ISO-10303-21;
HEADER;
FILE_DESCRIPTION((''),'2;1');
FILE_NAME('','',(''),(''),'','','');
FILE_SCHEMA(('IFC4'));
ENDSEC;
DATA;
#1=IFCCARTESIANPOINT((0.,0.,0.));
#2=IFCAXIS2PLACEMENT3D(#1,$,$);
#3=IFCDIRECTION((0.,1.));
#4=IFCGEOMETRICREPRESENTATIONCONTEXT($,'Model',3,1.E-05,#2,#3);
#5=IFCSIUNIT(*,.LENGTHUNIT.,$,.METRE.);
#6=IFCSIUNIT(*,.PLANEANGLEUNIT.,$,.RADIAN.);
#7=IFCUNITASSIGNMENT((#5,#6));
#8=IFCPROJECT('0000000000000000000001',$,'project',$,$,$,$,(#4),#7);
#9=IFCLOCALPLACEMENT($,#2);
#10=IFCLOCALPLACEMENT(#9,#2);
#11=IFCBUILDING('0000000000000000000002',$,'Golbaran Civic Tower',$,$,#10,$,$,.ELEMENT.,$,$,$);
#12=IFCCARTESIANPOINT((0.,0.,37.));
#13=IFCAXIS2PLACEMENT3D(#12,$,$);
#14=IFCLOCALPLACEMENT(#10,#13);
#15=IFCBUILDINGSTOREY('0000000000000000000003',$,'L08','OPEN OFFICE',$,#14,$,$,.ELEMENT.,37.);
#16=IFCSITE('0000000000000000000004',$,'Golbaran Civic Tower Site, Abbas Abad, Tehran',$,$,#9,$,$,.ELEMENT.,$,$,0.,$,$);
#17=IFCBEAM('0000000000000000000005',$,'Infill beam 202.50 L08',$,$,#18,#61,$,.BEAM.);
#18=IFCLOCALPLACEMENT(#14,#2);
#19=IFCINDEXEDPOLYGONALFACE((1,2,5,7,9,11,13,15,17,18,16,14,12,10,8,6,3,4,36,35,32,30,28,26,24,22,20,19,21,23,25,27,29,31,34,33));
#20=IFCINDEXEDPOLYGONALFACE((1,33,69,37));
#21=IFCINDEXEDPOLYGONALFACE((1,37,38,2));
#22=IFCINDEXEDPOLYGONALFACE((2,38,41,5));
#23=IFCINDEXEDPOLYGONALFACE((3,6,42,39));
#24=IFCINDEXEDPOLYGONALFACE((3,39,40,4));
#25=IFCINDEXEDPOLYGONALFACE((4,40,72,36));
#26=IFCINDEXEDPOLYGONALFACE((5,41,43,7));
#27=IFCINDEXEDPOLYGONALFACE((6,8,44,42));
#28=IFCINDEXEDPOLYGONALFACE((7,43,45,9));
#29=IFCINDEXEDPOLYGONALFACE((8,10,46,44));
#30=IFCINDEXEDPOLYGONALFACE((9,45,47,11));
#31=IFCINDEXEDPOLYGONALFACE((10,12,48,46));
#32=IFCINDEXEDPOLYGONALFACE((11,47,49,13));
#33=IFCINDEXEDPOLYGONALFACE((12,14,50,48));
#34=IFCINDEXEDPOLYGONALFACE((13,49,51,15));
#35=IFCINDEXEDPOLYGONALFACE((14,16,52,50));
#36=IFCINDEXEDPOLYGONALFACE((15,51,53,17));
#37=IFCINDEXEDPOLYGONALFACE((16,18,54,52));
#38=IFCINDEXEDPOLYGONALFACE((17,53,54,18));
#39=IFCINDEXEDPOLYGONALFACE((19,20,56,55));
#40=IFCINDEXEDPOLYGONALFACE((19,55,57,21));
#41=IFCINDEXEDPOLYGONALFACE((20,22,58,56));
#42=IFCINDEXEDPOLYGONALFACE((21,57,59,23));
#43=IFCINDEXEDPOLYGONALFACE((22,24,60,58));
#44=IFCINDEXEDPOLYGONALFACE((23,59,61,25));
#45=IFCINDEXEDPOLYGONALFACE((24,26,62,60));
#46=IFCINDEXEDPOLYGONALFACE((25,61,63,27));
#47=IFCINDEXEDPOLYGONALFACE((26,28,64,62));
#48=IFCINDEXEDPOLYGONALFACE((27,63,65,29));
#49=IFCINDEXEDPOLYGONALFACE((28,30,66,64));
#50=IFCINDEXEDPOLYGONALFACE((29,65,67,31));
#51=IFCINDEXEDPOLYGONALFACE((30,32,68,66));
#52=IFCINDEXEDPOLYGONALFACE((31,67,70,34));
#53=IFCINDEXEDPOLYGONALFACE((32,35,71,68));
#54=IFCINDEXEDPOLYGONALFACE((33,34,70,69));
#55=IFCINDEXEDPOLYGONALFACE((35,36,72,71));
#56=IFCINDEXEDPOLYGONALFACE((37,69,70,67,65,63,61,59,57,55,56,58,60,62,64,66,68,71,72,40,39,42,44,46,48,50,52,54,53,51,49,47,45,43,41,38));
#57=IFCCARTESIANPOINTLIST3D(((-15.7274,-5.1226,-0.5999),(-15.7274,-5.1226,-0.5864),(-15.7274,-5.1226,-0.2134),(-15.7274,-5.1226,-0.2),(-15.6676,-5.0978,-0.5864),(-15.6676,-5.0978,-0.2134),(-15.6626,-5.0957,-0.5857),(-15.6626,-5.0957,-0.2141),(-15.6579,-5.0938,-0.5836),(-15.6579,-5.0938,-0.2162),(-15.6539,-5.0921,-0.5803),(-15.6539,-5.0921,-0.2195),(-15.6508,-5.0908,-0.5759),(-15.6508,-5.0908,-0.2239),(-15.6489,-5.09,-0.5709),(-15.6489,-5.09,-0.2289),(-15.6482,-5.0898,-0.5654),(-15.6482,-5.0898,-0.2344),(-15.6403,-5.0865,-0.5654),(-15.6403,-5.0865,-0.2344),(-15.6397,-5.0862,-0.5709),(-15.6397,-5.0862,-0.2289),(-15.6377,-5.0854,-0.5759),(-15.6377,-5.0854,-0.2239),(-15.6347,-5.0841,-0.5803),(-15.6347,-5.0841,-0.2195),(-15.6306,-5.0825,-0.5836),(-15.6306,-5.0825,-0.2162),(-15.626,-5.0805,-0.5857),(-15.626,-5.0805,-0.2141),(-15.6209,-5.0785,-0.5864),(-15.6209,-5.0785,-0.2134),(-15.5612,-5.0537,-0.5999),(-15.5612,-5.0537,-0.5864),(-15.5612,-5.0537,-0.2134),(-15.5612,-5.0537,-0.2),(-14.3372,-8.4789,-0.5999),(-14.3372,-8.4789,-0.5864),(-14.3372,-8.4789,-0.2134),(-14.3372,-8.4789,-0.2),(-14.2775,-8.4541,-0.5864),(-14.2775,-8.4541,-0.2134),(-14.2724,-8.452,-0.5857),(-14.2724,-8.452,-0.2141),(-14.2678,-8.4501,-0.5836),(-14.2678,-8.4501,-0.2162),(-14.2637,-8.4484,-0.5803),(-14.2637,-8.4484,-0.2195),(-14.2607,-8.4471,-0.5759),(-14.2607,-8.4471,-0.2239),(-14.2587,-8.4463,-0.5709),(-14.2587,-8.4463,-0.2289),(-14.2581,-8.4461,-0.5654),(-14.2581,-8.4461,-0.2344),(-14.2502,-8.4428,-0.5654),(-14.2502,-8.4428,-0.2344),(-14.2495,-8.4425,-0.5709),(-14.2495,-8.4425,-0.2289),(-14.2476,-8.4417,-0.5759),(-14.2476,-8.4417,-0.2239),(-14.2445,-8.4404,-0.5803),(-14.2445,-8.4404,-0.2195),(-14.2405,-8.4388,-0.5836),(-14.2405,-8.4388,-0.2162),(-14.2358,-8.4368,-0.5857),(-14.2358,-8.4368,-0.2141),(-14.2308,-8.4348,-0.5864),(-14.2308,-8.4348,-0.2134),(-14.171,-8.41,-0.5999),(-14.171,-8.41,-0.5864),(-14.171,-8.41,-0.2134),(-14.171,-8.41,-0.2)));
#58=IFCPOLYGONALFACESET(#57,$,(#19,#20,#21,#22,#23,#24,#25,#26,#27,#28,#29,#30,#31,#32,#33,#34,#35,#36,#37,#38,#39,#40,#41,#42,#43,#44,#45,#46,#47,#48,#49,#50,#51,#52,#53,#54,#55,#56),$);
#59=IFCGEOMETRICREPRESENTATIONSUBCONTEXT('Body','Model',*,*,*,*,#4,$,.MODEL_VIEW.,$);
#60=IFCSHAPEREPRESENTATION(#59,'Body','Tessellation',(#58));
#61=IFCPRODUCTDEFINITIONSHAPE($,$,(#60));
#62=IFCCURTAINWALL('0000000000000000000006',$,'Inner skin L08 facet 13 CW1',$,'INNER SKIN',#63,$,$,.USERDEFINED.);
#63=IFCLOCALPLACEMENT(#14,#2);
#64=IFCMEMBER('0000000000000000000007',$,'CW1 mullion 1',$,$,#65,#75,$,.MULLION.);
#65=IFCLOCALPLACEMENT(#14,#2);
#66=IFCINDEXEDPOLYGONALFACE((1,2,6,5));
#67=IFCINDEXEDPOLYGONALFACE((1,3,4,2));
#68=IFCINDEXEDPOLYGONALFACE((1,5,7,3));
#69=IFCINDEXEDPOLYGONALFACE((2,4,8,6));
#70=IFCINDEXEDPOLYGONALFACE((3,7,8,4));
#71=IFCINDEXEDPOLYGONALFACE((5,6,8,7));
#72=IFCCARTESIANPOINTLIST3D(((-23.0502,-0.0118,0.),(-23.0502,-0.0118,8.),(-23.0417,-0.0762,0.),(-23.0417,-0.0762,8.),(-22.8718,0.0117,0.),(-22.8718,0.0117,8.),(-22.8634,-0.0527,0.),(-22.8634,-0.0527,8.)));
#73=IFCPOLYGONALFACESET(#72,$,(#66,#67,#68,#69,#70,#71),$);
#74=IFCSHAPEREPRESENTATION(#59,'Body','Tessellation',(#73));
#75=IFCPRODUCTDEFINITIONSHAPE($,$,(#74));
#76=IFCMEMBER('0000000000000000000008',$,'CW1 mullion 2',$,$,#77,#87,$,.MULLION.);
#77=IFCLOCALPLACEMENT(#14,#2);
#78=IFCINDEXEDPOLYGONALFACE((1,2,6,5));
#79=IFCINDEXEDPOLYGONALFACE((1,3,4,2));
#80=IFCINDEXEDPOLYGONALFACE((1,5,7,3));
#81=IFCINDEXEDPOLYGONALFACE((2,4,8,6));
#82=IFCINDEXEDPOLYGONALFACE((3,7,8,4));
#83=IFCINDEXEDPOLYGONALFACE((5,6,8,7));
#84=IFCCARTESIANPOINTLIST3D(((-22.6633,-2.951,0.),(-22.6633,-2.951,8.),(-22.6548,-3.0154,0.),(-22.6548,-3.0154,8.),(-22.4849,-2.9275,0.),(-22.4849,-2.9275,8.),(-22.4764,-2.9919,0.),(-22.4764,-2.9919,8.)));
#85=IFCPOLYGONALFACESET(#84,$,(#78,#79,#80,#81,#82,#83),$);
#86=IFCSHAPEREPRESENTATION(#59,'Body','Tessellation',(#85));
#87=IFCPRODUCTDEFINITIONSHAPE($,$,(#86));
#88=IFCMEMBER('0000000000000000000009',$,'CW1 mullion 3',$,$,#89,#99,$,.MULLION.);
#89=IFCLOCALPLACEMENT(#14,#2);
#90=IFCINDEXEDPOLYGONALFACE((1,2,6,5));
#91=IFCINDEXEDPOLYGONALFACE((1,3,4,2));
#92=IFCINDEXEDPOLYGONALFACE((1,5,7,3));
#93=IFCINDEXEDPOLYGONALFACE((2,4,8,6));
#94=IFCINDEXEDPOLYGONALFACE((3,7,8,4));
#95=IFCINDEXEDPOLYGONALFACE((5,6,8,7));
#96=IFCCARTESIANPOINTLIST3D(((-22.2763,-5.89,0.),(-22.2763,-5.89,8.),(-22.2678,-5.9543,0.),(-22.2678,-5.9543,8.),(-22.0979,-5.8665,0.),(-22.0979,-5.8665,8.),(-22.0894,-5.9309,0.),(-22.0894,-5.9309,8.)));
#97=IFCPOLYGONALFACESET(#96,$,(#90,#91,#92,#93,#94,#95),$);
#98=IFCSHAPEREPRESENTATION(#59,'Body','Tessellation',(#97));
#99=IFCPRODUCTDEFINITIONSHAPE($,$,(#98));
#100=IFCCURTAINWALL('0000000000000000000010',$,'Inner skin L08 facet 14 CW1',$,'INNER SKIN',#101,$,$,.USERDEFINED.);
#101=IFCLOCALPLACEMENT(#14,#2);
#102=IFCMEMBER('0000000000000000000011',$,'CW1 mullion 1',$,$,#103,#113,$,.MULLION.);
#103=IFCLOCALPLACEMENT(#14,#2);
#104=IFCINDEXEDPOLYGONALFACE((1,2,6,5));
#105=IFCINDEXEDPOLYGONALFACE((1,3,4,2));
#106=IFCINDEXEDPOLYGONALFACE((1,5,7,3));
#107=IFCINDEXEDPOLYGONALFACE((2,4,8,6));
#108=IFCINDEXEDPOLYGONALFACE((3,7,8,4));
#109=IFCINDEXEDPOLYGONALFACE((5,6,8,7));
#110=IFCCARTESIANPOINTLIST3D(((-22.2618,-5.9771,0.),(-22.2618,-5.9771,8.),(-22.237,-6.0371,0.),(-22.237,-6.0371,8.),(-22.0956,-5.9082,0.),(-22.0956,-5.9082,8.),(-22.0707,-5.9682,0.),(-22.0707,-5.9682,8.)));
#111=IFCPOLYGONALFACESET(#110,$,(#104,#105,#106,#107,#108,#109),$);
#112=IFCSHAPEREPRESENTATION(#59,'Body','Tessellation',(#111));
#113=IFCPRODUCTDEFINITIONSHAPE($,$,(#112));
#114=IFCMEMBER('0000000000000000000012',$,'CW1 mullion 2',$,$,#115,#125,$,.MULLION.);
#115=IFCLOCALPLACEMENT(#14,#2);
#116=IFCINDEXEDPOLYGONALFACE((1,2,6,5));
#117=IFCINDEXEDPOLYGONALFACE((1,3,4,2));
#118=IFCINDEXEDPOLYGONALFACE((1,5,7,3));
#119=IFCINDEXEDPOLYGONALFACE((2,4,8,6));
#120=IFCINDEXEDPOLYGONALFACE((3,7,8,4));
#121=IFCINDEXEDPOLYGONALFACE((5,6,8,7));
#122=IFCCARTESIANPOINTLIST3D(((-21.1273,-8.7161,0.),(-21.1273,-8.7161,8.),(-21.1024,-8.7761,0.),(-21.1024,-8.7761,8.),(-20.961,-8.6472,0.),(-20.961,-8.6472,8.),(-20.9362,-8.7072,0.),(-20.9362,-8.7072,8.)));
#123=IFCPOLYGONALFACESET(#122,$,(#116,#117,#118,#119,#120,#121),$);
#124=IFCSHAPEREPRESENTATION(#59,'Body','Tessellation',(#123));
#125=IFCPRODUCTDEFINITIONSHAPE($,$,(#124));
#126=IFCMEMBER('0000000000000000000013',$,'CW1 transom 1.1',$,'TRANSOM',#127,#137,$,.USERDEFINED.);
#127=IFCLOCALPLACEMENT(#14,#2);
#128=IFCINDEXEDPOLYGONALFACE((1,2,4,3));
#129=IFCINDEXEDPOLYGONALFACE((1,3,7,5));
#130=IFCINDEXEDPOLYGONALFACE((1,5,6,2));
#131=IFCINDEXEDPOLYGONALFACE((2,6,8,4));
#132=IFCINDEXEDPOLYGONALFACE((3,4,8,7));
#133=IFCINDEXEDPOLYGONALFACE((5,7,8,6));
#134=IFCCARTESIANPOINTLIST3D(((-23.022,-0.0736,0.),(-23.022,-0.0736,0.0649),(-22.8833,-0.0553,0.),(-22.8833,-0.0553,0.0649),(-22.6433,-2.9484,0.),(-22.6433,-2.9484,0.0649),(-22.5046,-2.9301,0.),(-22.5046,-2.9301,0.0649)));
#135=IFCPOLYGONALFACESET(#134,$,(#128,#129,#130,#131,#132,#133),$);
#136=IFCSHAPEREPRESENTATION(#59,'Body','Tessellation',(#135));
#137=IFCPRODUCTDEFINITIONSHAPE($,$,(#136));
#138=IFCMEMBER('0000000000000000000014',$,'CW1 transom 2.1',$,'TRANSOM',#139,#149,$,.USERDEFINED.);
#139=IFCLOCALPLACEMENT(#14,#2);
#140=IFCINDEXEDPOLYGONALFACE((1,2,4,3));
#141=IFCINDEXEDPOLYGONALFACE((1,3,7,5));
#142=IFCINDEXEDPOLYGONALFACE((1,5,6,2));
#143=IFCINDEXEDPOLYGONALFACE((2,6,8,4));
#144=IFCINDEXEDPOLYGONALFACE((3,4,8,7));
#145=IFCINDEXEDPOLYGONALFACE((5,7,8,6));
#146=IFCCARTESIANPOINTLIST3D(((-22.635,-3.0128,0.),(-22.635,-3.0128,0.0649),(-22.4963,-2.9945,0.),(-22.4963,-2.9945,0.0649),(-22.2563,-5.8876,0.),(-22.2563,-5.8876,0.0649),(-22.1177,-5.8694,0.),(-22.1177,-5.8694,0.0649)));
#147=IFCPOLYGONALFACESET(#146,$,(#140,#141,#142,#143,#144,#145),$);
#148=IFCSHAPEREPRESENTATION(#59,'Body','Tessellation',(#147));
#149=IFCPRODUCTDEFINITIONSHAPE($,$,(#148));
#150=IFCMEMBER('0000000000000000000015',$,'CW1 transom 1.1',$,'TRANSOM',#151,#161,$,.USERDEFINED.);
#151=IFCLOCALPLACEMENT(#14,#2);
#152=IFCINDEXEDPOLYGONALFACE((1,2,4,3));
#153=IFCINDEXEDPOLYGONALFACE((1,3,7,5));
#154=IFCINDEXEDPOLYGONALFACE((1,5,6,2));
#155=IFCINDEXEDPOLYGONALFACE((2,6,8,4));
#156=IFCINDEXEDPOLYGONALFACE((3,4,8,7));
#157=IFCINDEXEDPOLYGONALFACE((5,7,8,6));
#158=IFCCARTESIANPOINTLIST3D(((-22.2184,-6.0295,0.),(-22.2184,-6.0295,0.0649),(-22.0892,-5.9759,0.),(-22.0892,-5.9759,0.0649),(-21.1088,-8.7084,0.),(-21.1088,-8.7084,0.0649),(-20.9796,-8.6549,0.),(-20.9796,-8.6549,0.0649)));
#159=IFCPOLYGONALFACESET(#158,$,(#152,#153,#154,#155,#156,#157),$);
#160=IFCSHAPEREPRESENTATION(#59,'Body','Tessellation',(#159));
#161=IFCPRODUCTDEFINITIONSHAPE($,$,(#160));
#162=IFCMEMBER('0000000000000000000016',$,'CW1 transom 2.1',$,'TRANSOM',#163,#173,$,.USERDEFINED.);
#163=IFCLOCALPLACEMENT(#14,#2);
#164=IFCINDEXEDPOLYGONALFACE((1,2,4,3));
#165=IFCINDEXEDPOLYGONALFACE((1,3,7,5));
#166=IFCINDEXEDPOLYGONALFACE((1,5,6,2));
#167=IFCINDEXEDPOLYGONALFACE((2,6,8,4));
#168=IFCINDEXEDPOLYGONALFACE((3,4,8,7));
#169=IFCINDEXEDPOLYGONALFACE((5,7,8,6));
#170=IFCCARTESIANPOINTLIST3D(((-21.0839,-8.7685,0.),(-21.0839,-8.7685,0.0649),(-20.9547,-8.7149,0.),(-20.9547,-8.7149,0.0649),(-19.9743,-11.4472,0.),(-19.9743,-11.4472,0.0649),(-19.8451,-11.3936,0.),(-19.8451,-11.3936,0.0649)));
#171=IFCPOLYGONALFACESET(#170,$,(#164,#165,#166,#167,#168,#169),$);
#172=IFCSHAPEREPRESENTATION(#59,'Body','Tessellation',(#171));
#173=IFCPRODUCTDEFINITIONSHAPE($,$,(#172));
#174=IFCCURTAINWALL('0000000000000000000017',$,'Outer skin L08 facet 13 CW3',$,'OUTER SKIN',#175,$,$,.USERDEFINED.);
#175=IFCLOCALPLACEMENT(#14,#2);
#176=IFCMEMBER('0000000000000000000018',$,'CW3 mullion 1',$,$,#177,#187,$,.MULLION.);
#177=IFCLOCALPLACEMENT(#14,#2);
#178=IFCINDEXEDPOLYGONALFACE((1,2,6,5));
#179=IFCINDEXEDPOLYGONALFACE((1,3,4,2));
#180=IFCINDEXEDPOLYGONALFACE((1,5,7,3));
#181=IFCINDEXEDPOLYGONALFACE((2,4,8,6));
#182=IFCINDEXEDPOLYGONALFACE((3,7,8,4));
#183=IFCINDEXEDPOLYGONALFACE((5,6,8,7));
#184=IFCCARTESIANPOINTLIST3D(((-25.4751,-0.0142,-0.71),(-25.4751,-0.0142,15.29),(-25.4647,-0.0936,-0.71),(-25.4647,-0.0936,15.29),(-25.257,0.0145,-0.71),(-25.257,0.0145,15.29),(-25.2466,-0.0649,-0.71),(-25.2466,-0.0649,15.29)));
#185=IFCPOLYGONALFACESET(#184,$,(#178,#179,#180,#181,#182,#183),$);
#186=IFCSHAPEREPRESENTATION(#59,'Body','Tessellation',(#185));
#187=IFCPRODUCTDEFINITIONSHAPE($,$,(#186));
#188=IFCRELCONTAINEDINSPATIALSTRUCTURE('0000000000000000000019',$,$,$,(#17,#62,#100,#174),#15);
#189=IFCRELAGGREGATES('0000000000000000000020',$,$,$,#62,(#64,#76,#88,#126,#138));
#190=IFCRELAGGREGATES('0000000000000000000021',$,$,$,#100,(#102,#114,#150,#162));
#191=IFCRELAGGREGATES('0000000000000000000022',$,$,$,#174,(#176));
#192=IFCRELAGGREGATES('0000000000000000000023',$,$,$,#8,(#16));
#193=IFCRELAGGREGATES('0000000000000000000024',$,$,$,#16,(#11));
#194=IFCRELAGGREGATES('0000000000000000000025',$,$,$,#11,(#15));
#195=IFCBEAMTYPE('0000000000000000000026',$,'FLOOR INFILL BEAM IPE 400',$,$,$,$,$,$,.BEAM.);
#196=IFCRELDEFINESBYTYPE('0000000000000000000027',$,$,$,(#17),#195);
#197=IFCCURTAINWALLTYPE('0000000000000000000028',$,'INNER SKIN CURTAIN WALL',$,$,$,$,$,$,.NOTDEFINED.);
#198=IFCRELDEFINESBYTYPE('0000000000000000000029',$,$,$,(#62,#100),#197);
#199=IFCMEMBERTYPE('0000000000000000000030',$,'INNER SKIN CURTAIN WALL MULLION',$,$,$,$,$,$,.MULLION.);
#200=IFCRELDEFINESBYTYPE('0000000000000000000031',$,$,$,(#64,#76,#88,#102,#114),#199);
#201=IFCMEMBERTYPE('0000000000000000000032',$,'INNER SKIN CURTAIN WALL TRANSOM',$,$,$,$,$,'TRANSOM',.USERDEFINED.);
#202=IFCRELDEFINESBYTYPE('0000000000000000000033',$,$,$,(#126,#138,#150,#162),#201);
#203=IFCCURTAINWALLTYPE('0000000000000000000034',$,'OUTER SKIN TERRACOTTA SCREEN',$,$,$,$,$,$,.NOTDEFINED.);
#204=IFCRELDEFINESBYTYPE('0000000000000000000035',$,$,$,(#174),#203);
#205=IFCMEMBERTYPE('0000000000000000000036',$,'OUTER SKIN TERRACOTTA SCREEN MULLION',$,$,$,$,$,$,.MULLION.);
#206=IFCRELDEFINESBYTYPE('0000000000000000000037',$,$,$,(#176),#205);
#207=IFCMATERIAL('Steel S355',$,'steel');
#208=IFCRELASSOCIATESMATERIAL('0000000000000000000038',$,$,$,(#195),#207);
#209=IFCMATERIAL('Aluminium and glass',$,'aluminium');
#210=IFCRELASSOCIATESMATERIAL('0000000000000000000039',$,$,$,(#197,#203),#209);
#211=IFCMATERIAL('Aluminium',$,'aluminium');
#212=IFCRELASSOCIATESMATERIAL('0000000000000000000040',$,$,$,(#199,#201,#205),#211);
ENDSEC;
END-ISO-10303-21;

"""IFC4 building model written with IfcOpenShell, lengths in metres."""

from ifc_helpers import new_model, si_unit, direction, frame, origin, origin_2d, place, context, subcontext, project, spatial, rectangle, i_section, extrude, material, material_profile, profile_set, type_object, element, aggregate, save


model = new_model("IFC4")

# Units and contexts
model_context = context("Model", 3, precision=1e-05, world=origin(), true_north=direction((0.0, 1.0)))
body_context = subcontext(model_context, "Body", "Model", "MODEL_VIEW")
ifc_project = project(units=[si_unit("LENGTHUNIT", "METRE"), si_unit("PLANEANGLEUNIT", "RADIAN")], contexts=[model_context])

# Site, building, storey
site_placement = place(None, origin())
site = spatial("IfcSite", under=ifc_project, at=site_placement, Name="Golbaran Civic Tower Site, Abbas Abad, Tehran", CompositionType="ELEMENT", RefElevation=0.0)
building_placement = place(site_placement, origin())
building = spatial("IfcBuilding", under=site, at=building_placement, Name="Golbaran Civic Tower", CompositionType="ELEMENT")
storey_placement = place(building_placement, frame((0.0, 0.0, 37.0)))
storey = spatial("IfcBuildingStorey", under=building, at=storey_placement, Name="L08", Description="OPEN OFFICE", CompositionType="ELEMENT", Elevation=37.0)

# Shared definitions
ifc_material_1 = material(Name="Steel S355", Category="steel")

# Beam
ifc_material_profile_1 = material_profile(ifc_material_1, i_section(OverallWidth=0.1799, OverallDepth=0.3999, WebThickness=0.0085, FlangeThickness=0.0134, FilletRadius=0.021, at=origin_2d()), Name="IPE 400")
ifc_profile_set_1 = profile_set([ifc_material_profile_1], Name="Steel S355")
beam_type_1 = type_object("IfcBeamType", Name="FLOOR INFILL BEAM IPE 400", PredefinedType="BEAM", material=ifc_profile_set_1)
beam_1_placement = place(storey_placement, frame((-15.6443, -5.0881, -0.3999), z_axis=(0.382672, -0.923884, 0.0), x_axis=(0.923884, 0.382672, 0.0)))
element("IfcBeam", 1, at=beam_1_placement, inside=storey, type_object=beam_type_1, Name="Infill beam 202.50 L08", PredefinedType="BEAM", context=body_context, shape_type="SweptSolid", body=[
    extrude(i_section(OverallWidth=0.1799, OverallDepth=0.3999, WebThickness=0.0085, FlangeThickness=0.0134, FilletRadius=0.021, at=origin_2d()), origin(), (0.0, 0.0, 1.0), 3.6328),
])

# Curtain walls, members
ifc_material_2 = material(Name="Aluminium and glass", Category="aluminium")
curtain_wall_type_1 = type_object("IfcCurtainWallType", Name="INNER SKIN CURTAIN WALL", PredefinedType="NOTDEFINED", material=ifc_material_2)
curtain_wall_1_placement = place(storey_placement, origin())
curtain_wall_1 = element("IfcCurtainWall", 2, at=curtain_wall_1_placement, inside=storey, type_object=curtain_wall_type_1, Name="Inner skin L08 facet 13 CW1", ObjectType="INNER SKIN", PredefinedType="USERDEFINED")
ifc_material_3 = material(Name="Aluminium", Category="aluminium")
ifc_material_profile_2 = material_profile(ifc_material_3, rectangle(XDim=0.1799, YDim=0.0649, at=origin_2d()), Name="INNER SKIN CURTAIN WALL MULLION")
ifc_profile_set_2 = profile_set([ifc_material_profile_2], Name="Aluminium")
member_type_1 = type_object("IfcMemberType", Name="INNER SKIN CURTAIN WALL MULLION", PredefinedType="MULLION", material=ifc_profile_set_2)
member_1_placement = place(storey_placement, frame((-22.9568, -0.0322, 0.0), z_axis=(0.0, 0.0, 1.0), x_axis=(0.991445, 0.130526, 0.0)))
member_1 = element("IfcMember", 3, at=member_1_placement, type_object=member_type_1, Name="CW1 mullion 1", PredefinedType="MULLION", context=body_context, shape_type="SweptSolid", body=[
    extrude(rectangle(XDim=0.1799, YDim=0.0649, at=origin_2d()), origin(), (0.0, 0.0, 1.0), 8.0),
])
member_2_placement = place(storey_placement, frame((-22.5698, -2.9714, 0.0), z_axis=(0.0, 0.0, 1.0), x_axis=(0.991445, 0.130526, 0.0)))
member_2 = element("IfcMember", 4, at=member_2_placement, type_object=member_type_1, Name="CW1 mullion 2", PredefinedType="MULLION", context=body_context, shape_type="SweptSolid", body=[
    extrude(rectangle(XDim=0.1799, YDim=0.0649, at=origin_2d()), origin(), (0.0, 0.0, 1.0), 8.0),
])
member_3_placement = place(storey_placement, frame((-22.1829, -5.9104, 0.0), z_axis=(0.0, 0.0, 1.0), x_axis=(0.991445, 0.130526, 0.0)))
member_3 = element("IfcMember", 5, at=member_3_placement, type_object=member_type_1, Name="CW1 mullion 3", PredefinedType="MULLION", context=body_context, shape_type="SweptSolid", body=[
    extrude(rectangle(XDim=0.1799, YDim=0.0649, at=origin_2d()), origin(), (0.0, 0.0, 1.0), 8.0),
])
curtain_wall_2_placement = place(storey_placement, origin())
curtain_wall_2 = element("IfcCurtainWall", 6, at=curtain_wall_2_placement, inside=storey, type_object=curtain_wall_type_1, Name="Inner skin L08 facet 14 CW1", ObjectType="INNER SKIN", PredefinedType="USERDEFINED")
member_4_placement = place(storey_placement, frame((-22.1663, -5.9727, 0.0), z_axis=(0.0, 0.0, 1.0), x_axis=(0.92388, 0.382683, 0.0)))
member_4 = element("IfcMember", 7, at=member_4_placement, type_object=member_type_1, Name="CW1 mullion 1", PredefinedType="MULLION", context=body_context, shape_type="SweptSolid", body=[
    extrude(rectangle(XDim=0.1799, YDim=0.0649, at=origin_2d()), origin(), (0.0, 0.0, 1.0), 8.0),
])
member_5_placement = place(storey_placement, frame((-21.0317, -8.7117, 0.0), z_axis=(0.0, 0.0, 1.0), x_axis=(0.92388, 0.382683, 0.0)))
member_5 = element("IfcMember", 8, at=member_5_placement, type_object=member_type_1, Name="CW1 mullion 2", PredefinedType="MULLION", context=body_context, shape_type="SweptSolid", body=[
    extrude(rectangle(XDim=0.1799, YDim=0.0649, at=origin_2d()), origin(), (0.0, 0.0, 1.0), 8.0),
])

# Members
ifc_material_profile_3 = material_profile(ifc_material_3, rectangle(XDim=0.1399, YDim=0.0649, at=origin_2d()), Name="INNER SKIN CURTAIN WALL TRANSOM")
ifc_profile_set_3 = profile_set([ifc_material_profile_3], Name="Aluminium")
member_type_2 = type_object("IfcMemberType", Name="INNER SKIN CURTAIN WALL TRANSOM", ElementType="TRANSOM", PredefinedType="USERDEFINED", material=ifc_profile_set_3)
member_6_placement = place(storey_placement, frame((-22.9526, -0.0645, 0.0325), z_axis=(0.130592, -0.991436, 0.0), x_axis=(0.991436, 0.130592, 0.0)))
member_6 = element("IfcMember", 9, at=member_6_placement, type_object=member_type_2, Name="CW1 transom 1.1", ObjectType="TRANSOM", PredefinedType="USERDEFINED", context=body_context, shape_type="SweptSolid", body=[
    extrude(rectangle(XDim=0.1399, YDim=0.0649, at=origin_2d()), origin(), (0.0, 0.0, 1.0), 2.8997),
])
member_7_placement = place(storey_placement, frame((-22.5657, -3.0037, 0.0325), z_axis=(0.130592, -0.991436, 0.0), x_axis=(0.991436, 0.130592, 0.0)))
member_7 = element("IfcMember", 10, at=member_7_placement, type_object=member_type_2, Name="CW1 transom 2.1", ObjectType="TRANSOM", PredefinedType="USERDEFINED", context=body_context, shape_type="SweptSolid", body=[
    extrude(rectangle(XDim=0.1399, YDim=0.0649, at=origin_2d()), origin(), (0.0, 0.0, 1.0), 2.8997),
])
member_8_placement = place(storey_placement, frame((-22.1538, -6.0027, 0.0325), z_axis=(0.382672, -0.923884, 0.0), x_axis=(0.923884, 0.382672, 0.0)))
member_8 = element("IfcMember", 11, at=member_8_placement, type_object=member_type_2, Name="CW1 transom 1.1", ObjectType="TRANSOM", PredefinedType="USERDEFINED", context=body_context, shape_type="SweptSolid", body=[
    extrude(rectangle(XDim=0.1399, YDim=0.0649, at=origin_2d()), origin(), (0.0, 0.0, 1.0), 2.8997),
])
member_9_placement = place(storey_placement, frame((-21.0193, -8.7417, 0.0325), z_axis=(0.382701, -0.923872, 0.0), x_axis=(0.923872, 0.382701, 0.0)))
member_9 = element("IfcMember", 12, at=member_9_placement, type_object=member_type_2, Name="CW1 transom 2.1", ObjectType="TRANSOM", PredefinedType="USERDEFINED", context=body_context, shape_type="SweptSolid", body=[
    extrude(rectangle(XDim=0.1399, YDim=0.0649, at=origin_2d()), origin(), (0.0, 0.0, 1.0), 2.8994),
])

# Curtain wall, member
curtain_wall_type_2 = type_object("IfcCurtainWallType", Name="OUTER SKIN TERRACOTTA SCREEN", PredefinedType="NOTDEFINED", material=ifc_material_2)
curtain_wall_3_placement = place(storey_placement, origin())
curtain_wall_3 = element("IfcCurtainWall", 13, at=curtain_wall_3_placement, inside=storey, type_object=curtain_wall_type_2, Name="Outer skin L08 facet 13 CW3", ObjectType="OUTER SKIN", PredefinedType="USERDEFINED")
ifc_material_profile_4 = material_profile(ifc_material_3, rectangle(XDim=0.22, YDim=0.0801, at=origin_2d()), Name="OUTER SKIN TERRACOTTA SCREEN MULLION")
ifc_profile_set_4 = profile_set([ifc_material_profile_4], Name="Aluminium")
member_type_3 = type_object("IfcMemberType", Name="OUTER SKIN TERRACOTTA SCREEN MULLION", PredefinedType="MULLION", material=ifc_profile_set_4)
member_10_placement = place(storey_placement, frame((-25.3608, -0.0396, -0.71), z_axis=(0.0, 0.0, 1.0), x_axis=(0.991445, 0.130526, 0.0)))
member_10 = element("IfcMember", 14, at=member_10_placement, type_object=member_type_3, Name="CW3 mullion 1", PredefinedType="MULLION", context=body_context, shape_type="SweptSolid", body=[
    extrude(rectangle(XDim=0.22, YDim=0.0801, at=origin_2d()), origin(), (0.0, 0.0, 1.0), 16.0),
])

aggregate(curtain_wall_1, [member_1, member_2, member_3, member_6, member_7])
aggregate(curtain_wall_2, [member_4, member_5, member_8, member_9])
aggregate(curtain_wall_3, [member_10])

save(model, "model.ifc")
